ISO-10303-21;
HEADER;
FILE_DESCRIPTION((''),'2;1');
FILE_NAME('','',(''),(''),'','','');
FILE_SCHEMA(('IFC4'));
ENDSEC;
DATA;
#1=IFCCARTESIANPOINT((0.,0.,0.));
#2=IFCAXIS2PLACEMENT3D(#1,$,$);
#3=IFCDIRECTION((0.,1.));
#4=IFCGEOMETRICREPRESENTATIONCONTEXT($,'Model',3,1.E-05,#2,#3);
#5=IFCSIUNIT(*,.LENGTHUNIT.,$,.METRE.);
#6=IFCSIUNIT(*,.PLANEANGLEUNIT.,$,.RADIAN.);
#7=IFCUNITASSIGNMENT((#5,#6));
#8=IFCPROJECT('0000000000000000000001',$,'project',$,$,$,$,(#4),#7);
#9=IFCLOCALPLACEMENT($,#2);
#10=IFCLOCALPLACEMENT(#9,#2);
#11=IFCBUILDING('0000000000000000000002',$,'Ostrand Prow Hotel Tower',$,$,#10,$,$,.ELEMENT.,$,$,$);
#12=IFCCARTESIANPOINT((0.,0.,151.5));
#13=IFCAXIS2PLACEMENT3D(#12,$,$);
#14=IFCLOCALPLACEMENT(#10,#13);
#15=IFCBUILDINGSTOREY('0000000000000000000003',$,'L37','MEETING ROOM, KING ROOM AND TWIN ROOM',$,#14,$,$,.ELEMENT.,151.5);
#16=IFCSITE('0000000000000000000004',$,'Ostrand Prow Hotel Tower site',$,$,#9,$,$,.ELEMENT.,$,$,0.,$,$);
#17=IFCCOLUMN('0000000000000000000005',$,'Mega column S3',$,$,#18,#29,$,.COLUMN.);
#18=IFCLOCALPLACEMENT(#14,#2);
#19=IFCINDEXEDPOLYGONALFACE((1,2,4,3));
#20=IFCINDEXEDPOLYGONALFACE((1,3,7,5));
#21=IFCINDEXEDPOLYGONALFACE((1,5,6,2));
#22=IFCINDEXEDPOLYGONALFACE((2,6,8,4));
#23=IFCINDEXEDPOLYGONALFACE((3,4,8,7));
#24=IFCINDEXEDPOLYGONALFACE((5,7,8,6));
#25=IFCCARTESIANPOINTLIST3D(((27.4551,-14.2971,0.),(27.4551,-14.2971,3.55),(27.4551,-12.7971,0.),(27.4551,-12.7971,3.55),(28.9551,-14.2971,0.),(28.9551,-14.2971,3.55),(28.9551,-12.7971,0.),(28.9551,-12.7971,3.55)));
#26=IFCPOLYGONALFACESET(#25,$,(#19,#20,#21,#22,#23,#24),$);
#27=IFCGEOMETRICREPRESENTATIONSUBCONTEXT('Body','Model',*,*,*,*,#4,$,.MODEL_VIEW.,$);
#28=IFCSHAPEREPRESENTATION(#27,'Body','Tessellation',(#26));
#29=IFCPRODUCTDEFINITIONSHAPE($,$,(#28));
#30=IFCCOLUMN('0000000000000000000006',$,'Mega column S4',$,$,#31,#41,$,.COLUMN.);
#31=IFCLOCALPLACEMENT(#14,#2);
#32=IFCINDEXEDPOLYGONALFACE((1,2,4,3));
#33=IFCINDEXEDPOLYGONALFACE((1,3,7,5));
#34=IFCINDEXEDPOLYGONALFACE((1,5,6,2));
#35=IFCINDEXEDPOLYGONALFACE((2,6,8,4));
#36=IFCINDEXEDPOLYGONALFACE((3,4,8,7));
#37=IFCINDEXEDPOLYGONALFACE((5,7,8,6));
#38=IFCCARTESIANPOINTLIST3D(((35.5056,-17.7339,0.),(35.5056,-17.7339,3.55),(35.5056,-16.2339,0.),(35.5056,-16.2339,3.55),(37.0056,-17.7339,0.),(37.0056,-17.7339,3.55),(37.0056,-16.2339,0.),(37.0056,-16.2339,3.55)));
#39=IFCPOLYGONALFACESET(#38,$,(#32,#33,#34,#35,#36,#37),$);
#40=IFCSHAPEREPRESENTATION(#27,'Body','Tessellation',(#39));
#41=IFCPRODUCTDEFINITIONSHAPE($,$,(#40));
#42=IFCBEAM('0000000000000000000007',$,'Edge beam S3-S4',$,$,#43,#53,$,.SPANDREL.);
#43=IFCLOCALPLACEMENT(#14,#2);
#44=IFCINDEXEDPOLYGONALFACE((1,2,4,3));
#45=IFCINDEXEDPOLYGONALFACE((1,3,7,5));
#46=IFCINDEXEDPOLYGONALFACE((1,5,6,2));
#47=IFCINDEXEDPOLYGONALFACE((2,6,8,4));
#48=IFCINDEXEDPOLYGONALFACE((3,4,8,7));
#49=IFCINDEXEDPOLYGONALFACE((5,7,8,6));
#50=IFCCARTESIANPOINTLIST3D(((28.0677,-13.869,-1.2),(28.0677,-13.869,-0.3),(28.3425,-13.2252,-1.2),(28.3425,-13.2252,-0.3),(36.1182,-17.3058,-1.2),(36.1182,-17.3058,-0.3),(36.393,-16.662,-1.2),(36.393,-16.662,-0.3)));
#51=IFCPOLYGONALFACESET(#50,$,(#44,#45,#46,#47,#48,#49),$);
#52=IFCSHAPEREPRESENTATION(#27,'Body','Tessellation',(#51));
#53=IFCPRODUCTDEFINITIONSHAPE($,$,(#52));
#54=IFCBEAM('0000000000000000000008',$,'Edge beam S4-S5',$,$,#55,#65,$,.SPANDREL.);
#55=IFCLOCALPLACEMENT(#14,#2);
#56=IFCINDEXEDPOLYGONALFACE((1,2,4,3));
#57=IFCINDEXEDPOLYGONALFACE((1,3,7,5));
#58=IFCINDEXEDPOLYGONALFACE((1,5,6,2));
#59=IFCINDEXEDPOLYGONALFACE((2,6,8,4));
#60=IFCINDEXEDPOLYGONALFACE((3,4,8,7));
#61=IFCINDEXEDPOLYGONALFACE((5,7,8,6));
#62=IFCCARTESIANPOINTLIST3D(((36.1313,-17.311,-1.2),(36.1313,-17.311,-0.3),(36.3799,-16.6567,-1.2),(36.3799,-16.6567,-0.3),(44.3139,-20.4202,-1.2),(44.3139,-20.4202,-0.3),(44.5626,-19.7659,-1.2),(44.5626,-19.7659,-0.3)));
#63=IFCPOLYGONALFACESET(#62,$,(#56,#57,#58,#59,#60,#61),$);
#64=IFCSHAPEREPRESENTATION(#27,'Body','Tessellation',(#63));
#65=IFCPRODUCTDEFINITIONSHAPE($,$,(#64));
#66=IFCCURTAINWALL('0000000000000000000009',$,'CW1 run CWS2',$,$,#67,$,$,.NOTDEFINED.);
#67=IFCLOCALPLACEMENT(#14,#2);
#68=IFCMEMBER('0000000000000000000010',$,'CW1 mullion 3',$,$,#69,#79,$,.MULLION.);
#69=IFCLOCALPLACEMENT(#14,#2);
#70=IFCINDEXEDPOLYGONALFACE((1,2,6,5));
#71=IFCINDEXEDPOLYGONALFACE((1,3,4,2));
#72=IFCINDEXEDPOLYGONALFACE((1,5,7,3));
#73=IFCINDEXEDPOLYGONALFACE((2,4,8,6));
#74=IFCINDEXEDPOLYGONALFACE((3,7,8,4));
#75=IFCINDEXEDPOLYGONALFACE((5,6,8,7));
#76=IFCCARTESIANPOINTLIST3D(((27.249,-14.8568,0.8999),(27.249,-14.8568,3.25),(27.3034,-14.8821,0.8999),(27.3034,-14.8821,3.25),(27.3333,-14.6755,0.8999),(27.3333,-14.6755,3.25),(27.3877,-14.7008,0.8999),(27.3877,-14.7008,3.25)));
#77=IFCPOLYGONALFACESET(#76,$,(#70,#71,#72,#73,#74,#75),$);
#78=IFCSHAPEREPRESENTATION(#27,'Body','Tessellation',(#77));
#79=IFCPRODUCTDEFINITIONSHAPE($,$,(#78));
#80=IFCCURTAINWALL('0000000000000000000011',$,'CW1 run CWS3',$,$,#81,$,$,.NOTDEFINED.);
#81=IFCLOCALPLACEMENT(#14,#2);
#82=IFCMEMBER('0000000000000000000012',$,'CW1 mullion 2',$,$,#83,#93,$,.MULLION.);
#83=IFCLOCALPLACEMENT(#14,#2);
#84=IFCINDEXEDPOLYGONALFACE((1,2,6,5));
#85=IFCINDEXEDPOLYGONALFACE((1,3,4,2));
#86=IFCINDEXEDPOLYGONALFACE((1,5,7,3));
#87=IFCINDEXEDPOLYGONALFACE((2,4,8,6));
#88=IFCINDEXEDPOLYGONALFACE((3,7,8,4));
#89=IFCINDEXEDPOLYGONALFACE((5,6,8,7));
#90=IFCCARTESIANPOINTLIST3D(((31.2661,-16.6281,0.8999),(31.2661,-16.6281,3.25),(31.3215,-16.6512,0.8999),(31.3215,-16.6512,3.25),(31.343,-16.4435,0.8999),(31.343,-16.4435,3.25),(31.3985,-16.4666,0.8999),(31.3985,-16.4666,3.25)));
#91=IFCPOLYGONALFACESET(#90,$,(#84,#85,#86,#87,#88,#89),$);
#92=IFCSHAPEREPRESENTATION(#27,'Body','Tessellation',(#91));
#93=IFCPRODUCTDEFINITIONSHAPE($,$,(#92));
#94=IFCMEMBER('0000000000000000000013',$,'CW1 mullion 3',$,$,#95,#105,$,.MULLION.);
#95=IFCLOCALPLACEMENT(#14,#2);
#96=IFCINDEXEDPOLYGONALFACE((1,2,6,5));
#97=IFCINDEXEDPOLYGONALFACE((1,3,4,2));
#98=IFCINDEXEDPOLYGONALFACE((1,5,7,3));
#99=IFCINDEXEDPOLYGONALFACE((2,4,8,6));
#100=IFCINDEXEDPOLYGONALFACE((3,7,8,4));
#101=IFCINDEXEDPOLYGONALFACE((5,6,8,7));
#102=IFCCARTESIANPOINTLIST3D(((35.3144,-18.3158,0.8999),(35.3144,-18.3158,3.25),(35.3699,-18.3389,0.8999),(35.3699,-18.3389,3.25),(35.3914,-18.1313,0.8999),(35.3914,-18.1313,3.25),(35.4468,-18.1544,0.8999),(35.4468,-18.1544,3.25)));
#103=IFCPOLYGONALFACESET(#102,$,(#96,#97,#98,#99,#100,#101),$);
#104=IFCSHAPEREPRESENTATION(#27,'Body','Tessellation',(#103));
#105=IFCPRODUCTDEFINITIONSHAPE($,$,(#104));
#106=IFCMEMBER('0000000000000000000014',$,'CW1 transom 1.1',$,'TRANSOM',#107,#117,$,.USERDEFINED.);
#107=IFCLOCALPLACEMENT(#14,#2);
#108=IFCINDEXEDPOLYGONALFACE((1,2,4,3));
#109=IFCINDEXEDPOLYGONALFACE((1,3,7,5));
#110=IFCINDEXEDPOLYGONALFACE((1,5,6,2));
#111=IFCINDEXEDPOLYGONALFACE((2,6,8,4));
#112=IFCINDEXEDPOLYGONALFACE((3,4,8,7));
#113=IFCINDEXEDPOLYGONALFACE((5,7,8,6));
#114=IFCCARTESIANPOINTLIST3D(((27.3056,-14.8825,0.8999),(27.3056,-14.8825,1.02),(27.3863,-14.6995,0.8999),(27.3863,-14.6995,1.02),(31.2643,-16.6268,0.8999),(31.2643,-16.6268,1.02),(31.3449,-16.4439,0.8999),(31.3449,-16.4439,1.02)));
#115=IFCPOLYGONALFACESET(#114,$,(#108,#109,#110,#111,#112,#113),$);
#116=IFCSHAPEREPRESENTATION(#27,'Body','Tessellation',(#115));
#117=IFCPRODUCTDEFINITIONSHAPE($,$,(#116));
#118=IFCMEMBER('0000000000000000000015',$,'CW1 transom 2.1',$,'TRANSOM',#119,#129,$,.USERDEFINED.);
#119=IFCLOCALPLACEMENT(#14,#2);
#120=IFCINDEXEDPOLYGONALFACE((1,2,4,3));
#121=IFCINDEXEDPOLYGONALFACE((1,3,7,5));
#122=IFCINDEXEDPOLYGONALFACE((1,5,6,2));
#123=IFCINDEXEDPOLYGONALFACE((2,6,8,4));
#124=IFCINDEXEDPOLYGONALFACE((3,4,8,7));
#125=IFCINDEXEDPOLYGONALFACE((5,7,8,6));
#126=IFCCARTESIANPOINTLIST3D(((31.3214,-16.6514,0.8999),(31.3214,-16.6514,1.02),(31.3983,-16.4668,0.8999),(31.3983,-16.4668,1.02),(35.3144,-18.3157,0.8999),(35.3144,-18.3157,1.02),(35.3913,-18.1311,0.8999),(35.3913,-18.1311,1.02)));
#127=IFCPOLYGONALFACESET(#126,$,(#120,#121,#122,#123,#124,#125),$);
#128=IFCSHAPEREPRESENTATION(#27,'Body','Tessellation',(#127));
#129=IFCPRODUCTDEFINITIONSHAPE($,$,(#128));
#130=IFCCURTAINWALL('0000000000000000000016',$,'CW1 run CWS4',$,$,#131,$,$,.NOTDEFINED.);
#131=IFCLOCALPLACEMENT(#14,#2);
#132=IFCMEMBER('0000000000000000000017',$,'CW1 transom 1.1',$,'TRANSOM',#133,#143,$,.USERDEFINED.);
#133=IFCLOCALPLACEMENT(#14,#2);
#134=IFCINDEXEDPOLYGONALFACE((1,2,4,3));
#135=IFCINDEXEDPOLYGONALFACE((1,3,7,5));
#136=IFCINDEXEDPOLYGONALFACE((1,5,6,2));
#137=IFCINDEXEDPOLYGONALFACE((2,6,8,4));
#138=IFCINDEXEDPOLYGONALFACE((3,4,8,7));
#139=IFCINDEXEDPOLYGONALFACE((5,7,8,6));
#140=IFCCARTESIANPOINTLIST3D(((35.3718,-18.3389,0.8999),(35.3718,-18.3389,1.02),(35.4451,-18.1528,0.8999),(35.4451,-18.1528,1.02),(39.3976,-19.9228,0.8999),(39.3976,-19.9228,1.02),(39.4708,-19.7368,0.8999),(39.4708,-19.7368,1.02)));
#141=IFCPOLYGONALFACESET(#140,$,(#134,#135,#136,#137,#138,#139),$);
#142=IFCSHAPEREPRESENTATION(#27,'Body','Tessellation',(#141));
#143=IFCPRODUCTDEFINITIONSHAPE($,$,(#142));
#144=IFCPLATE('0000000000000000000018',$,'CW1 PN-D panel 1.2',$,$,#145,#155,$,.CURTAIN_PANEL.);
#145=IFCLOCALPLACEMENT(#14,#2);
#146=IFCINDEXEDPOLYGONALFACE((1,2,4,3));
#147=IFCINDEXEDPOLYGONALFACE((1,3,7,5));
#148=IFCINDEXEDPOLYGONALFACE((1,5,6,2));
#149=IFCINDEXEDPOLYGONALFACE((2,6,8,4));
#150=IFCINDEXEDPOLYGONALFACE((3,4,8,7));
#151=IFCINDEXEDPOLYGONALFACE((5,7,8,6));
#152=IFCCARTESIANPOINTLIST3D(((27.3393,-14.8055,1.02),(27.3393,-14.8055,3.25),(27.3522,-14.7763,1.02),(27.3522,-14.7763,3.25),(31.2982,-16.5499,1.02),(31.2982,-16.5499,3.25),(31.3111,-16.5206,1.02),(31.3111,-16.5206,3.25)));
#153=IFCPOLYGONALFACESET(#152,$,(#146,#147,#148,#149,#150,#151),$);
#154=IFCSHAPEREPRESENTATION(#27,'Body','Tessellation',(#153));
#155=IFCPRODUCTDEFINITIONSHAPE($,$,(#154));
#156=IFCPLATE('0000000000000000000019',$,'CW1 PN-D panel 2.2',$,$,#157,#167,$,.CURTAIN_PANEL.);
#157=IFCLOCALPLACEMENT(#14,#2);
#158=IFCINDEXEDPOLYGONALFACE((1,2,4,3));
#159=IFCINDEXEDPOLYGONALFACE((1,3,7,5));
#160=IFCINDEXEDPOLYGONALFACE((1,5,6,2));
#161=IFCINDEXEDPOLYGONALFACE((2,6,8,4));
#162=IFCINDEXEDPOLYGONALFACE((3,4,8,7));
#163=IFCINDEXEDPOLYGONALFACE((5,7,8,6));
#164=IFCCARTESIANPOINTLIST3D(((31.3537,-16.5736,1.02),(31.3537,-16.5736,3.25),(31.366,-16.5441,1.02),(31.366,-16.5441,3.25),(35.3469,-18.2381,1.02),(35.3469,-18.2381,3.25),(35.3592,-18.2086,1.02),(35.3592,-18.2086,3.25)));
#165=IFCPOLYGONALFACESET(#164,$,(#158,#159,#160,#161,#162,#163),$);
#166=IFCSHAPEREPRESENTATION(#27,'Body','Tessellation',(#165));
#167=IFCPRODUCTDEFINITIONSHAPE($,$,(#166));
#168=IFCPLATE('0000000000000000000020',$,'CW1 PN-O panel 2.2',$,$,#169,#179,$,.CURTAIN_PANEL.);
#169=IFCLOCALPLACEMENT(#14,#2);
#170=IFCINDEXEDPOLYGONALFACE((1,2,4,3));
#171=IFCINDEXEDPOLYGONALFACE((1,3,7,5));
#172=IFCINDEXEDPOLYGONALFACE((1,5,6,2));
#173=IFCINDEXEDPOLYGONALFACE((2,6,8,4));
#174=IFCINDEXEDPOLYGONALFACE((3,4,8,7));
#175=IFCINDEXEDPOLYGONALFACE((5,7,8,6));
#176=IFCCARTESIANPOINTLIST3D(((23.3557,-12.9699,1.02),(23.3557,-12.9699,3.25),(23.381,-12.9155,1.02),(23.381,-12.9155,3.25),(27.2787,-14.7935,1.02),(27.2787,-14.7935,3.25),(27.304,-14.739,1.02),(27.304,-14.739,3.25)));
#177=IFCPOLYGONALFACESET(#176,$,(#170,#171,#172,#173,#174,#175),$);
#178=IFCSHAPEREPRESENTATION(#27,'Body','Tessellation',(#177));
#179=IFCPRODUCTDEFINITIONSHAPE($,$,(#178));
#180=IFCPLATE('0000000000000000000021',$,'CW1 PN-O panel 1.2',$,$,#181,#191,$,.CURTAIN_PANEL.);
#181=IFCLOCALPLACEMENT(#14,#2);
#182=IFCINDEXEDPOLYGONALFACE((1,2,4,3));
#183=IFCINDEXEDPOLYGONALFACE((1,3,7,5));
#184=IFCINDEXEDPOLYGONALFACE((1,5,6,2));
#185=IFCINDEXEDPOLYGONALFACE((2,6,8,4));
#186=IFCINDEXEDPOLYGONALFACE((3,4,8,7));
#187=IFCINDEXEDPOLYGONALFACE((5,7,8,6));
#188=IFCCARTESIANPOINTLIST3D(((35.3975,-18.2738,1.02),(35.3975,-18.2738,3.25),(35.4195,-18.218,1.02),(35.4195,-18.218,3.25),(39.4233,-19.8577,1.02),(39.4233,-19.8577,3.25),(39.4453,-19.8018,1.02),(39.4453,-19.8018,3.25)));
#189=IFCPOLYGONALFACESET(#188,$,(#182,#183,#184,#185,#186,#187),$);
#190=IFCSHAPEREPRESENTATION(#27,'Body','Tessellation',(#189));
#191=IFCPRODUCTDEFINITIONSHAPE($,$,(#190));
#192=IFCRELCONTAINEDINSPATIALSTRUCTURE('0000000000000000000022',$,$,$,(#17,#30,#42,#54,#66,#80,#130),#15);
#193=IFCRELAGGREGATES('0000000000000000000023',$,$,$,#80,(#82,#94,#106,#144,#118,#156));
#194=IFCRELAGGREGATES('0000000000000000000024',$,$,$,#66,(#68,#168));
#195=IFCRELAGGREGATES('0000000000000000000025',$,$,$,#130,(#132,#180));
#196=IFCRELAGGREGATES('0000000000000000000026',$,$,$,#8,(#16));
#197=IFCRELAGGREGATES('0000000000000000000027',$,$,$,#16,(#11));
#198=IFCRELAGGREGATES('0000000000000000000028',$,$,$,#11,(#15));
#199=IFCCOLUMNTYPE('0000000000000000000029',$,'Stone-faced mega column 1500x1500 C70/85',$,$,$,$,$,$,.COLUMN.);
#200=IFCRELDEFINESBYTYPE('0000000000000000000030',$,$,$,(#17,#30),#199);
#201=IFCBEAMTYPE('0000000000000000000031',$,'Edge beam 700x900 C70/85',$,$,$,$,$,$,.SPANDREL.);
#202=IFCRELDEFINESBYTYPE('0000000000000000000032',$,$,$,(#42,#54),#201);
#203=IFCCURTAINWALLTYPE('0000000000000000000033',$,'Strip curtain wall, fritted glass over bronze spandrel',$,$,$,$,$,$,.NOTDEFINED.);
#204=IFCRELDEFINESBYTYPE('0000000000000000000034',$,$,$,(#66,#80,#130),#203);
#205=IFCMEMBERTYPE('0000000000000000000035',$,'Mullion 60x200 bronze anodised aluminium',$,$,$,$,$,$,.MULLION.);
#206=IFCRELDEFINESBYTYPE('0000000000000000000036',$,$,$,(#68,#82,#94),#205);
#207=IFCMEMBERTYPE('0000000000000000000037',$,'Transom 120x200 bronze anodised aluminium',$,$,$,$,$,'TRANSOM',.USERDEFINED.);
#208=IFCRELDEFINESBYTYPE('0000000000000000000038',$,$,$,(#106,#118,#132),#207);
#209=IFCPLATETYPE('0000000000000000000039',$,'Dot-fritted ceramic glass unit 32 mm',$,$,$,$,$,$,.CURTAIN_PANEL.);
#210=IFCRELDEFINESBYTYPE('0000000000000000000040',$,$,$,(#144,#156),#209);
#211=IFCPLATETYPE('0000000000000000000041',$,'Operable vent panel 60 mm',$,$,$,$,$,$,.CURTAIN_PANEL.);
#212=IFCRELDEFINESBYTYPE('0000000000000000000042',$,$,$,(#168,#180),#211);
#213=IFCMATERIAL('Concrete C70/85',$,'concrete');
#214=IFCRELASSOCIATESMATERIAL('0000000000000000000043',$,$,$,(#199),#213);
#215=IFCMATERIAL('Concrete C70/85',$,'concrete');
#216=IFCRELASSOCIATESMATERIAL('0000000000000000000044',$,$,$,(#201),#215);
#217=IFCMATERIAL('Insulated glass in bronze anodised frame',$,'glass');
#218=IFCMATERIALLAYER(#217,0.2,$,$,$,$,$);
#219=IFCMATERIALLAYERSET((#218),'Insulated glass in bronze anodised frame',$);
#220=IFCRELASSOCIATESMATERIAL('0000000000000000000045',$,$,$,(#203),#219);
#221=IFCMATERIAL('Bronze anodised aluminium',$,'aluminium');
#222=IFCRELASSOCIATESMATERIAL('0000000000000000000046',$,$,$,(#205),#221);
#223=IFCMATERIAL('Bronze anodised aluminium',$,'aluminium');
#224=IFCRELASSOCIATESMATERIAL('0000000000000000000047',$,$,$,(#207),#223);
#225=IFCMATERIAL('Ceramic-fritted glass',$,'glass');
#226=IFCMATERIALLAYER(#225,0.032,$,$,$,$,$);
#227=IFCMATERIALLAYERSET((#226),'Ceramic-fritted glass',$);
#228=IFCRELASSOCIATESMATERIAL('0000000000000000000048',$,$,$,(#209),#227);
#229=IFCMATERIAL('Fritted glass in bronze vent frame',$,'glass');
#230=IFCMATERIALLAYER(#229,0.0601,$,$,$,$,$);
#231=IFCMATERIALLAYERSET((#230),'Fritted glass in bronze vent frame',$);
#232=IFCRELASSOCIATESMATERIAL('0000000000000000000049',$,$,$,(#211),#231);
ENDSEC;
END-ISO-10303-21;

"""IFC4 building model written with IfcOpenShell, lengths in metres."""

from ifc_helpers import new_model, si_unit, direction, frame, origin, origin_2d, place, context, subcontext, project, spatial, rectangle, extrude, material, layer, layer_set, material_profile, profile_set, type_object, element, aggregate, save


model = new_model("IFC4")

# Units and contexts
model_context = context("Model", 3, precision=1e-05, world=origin(), true_north=direction((0.0, 1.0)))
body_context = subcontext(model_context, "Body", "Model", "MODEL_VIEW")
ifc_project = project(units=[si_unit("LENGTHUNIT", "METRE"), si_unit("PLANEANGLEUNIT", "RADIAN")], contexts=[model_context])

# Site, building, storey
site_placement = place(None, origin())
site = spatial("IfcSite", under=ifc_project, at=site_placement, Name="Ostrand Prow Hotel Tower site", CompositionType="ELEMENT", RefElevation=0.0)
building_placement = place(site_placement, origin())
building = spatial("IfcBuilding", under=site, at=building_placement, Name="Ostrand Prow Hotel Tower", CompositionType="ELEMENT")
storey_placement = place(building_placement, frame((0.0, 0.0, 151.5)))
storey = spatial("IfcBuildingStorey", under=building, at=storey_placement, Name="L37", Description="MEETING ROOM, KING ROOM AND TWIN ROOM", CompositionType="ELEMENT", Elevation=151.5)

# Columns
ifc_material_1 = material(Name="Concrete C70/85", Category="concrete")
ifc_material_profile_1 = material_profile(ifc_material_1, rectangle(XDim=1.5, YDim=1.5, at=origin_2d()), Name="RC 1500x1500")
ifc_profile_set_1 = profile_set([ifc_material_profile_1], Name="Concrete C70/85")
column_type = type_object("IfcColumnType", Name="Stone-faced mega column 1500x1500 C70/85", PredefinedType="COLUMN", material=ifc_profile_set_1)
for number, where, z_axis, x_axis, name in (
    (1, (28.2051, -13.5471, 0.0), (0.0, 0.0, 1.0), (1.0, 0.0, 0.0), "Mega column S3"),
    (2, (36.2556, -16.9839, 0.0), (0.0, 0.0, 1.0), (1.0, 0.0, 0.0), "Mega column S4"),
):
    element("IfcColumn", number, at=place(storey_placement, frame(where, z_axis=z_axis, x_axis=x_axis)), inside=storey, type_object=column_type, Name=name, PredefinedType="COLUMN", context=body_context, shape_type="SweptSolid", body=[
        extrude(rectangle(XDim=1.5, YDim=1.5, at=origin_2d()), origin(), (0.0, 0.0, 1.0), 3.55),
    ])

# Beams
ifc_material_2 = material(Name="Concrete C70/85", Category="concrete")
ifc_material_profile_2 = material_profile(ifc_material_2, rectangle(XDim=0.7, YDim=0.8999, at=origin_2d()), Name="RC 700x900")
ifc_profile_set_2 = profile_set([ifc_material_profile_2], Name="Concrete C70/85")
beam_type = type_object("IfcBeamType", Name="Edge beam 700x900 C70/85", PredefinedType="SPANDREL", material=ifc_profile_set_2)
for number, where, z_axis, x_axis, name in (
    (3, (28.2051, -13.5471, -0.75), (0.919701, -0.39262, 0.0), (0.39262, 0.919701, 0.0), "Edge beam S3-S4"),
    (4, (36.2556, -16.9839, -0.75), (0.934794, -0.355191, 0.0), (0.355191, 0.934794, 0.0), "Edge beam S4-S5"),
):
    element("IfcBeam", number, at=place(storey_placement, frame(where, z_axis=z_axis, x_axis=x_axis)), inside=storey, type_object=beam_type, Name=name, PredefinedType="SPANDREL", context=body_context, shape_type="SweptSolid", body=[
        extrude(rectangle(XDim=0.7, YDim=0.8999, at=origin_2d()), origin(), (0.0, 0.0, 1.0), 8.7534),
    ])

# Curtain wall, member
ifc_material_3 = material(Name="Insulated glass in bronze anodised frame", Category="glass")
ifc_layer_1 = layer(ifc_material_3, 0.2)
ifc_layer_set_1 = layer_set([ifc_layer_1], Name="Insulated glass in bronze anodised frame")
curtain_wall_type = type_object("IfcCurtainWallType", Name="Strip curtain wall, fritted glass over bronze spandrel", PredefinedType="NOTDEFINED", material=ifc_layer_set_1)
curtain_wall_1_placement = place(storey_placement, origin())
curtain_wall_1 = element("IfcCurtainWall", 5, at=curtain_wall_1_placement, inside=storey, type_object=curtain_wall_type, Name="CW1 run CWS2", PredefinedType="NOTDEFINED")
ifc_material_4 = material(Name="Bronze anodised aluminium", Category="aluminium")
ifc_material_profile_3 = material_profile(ifc_material_4, rectangle(XDim=0.2, YDim=0.0601, at=origin_2d()), Name="Mullion 60x200 bronze anodised aluminium")
ifc_profile_set_3 = profile_set([ifc_material_profile_3], Name="Bronze anodised aluminium")
member_type_1 = type_object("IfcMemberType", Name="Mullion 60x200 bronze anodised aluminium", PredefinedType="MULLION", material=ifc_profile_set_3)
member_1_placement = place(storey_placement, frame((27.3184, -14.7788, 0.8999), z_axis=(0.0, 0.0, 1.0), x_axis=(0.421522, 0.906818, 0.0)))
member_1 = element("IfcMember", 6, at=member_1_placement, type_object=member_type_1, Name="CW1 mullion 3", PredefinedType="MULLION", context=body_context, shape_type="SweptSolid", body=[
    extrude(rectangle(XDim=0.2, YDim=0.0601, at=origin_2d()), origin(), (0.0, 0.0, 1.0), 2.3501),
])

# Curtain wall, members
curtain_wall_2_placement = place(storey_placement, origin())
curtain_wall_2 = element("IfcCurtainWall", 7, at=curtain_wall_2_placement, inside=storey, type_object=curtain_wall_type, Name="CW1 run CWS3", PredefinedType="NOTDEFINED")
member_2_placement = place(storey_placement, frame((31.3323, -16.5474, 0.8999), z_axis=(0.0, 0.0, 1.0), x_axis=(0.384743, 0.923024, 0.0)))
member_2 = element("IfcMember", 8, at=member_2_placement, type_object=member_type_1, Name="CW1 mullion 2", PredefinedType="MULLION", context=body_context, shape_type="SweptSolid", body=[
    extrude(rectangle(XDim=0.2, YDim=0.0601, at=origin_2d()), origin(), (0.0, 0.0, 1.0), 2.3501),
])
member_3_placement = place(storey_placement, frame((35.3806, -18.2351, 0.8999), z_axis=(0.0, 0.0, 1.0), x_axis=(0.384743, 0.923024, 0.0)))
member_3 = element("IfcMember", 9, at=member_3_placement, type_object=member_type_1, Name="CW1 mullion 3", PredefinedType="MULLION", context=body_context, shape_type="SweptSolid", body=[
    extrude(rectangle(XDim=0.2, YDim=0.0601, at=origin_2d()), origin(), (0.0, 0.0, 1.0), 2.3501),
])
ifc_material_5 = material(Name="Bronze anodised aluminium", Category="aluminium")
ifc_material_profile_4 = material_profile(ifc_material_5, rectangle(XDim=0.2, YDim=0.1201, at=origin_2d()), Name="Transom 120x200 bronze anodised aluminium")
ifc_profile_set_4 = profile_set([ifc_material_profile_4], Name="Bronze anodised aluminium")
member_type_2 = type_object("IfcMemberType", Name="Transom 120x200 bronze anodised aluminium", ElementType="TRANSOM", PredefinedType="USERDEFINED", material=ifc_profile_set_4)
member_4_placement = place(storey_placement, frame((27.3459, -14.791, 0.96), z_axis=(0.915099, -0.40323, 0.0), x_axis=(0.40323, 0.915099, 0.0)))
member_4 = element("IfcMember", 10, at=member_4_placement, type_object=member_type_2, Name="CW1 transom 1.1", ObjectType="TRANSOM", PredefinedType="USERDEFINED", context=body_context, shape_type="SweptSolid", body=[
    extrude(rectangle(XDim=0.2, YDim=0.1201, at=origin_2d()), origin(), (0.0, 0.0, 1.0), 4.3259),
])
member_5_placement = place(storey_placement, frame((31.3599, -16.5591, 0.96), z_axis=(0.923028, -0.384732, 0.0), x_axis=(0.384732, 0.923028, 0.0)))
member_5 = element("IfcMember", 11, at=member_5_placement, type_object=member_type_2, Name="CW1 transom 2.1", ObjectType="TRANSOM", PredefinedType="USERDEFINED", context=body_context, shape_type="SweptSolid", body=[
    extrude(rectangle(XDim=0.2, YDim=0.1201, at=origin_2d()), origin(), (0.0, 0.0, 1.0), 4.3259),
])

# Curtain wall, member
curtain_wall_3_placement = place(storey_placement, origin())
curtain_wall_3 = element("IfcCurtainWall", 12, at=curtain_wall_3_placement, inside=storey, type_object=curtain_wall_type, Name="CW1 run CWS4", PredefinedType="NOTDEFINED")
member_6_placement = place(storey_placement, frame((35.4084, -18.2458, 0.96), z_axis=(0.930563, -0.366131, 0.0), x_axis=(0.366131, 0.930563, 0.0)))
member_6 = element("IfcMember", 13, at=member_6_placement, type_object=member_type_2, Name="CW1 transom 1.1", ObjectType="TRANSOM", PredefinedType="USERDEFINED", context=body_context, shape_type="SweptSolid", body=[
    extrude(rectangle(XDim=0.2, YDim=0.1201, at=origin_2d()), origin(), (0.0, 0.0, 1.0), 4.3262),
])

# Plates
ifc_material_6 = material(Name="Ceramic-fritted glass", Category="glass")
ifc_layer_2 = layer(ifc_material_6, 0.032)
ifc_layer_set_2 = layer_set([ifc_layer_2], Name="Ceramic-fritted glass")
plate_type_1 = type_object("IfcPlateType", Name="Dot-fritted ceramic glass unit 32 mm", PredefinedType="CURTAIN_PANEL", material=ifc_layer_set_2)
plate_1_placement = place(storey_placement, frame((29.3252, -15.6631, 1.02), z_axis=(0.0, 0.0, 1.0), x_axis=(0.915106, -0.403213, 0.0)))
plate_1 = element("IfcPlate", 14, at=plate_1_placement, type_object=plate_type_1, Name="CW1 PN-D panel 1.2", PredefinedType="CURTAIN_PANEL", context=body_context, shape_type="SweptSolid", body=[
    extrude(rectangle(XDim=4.3262, YDim=0.032, at=origin_2d()), origin(), (0.0, 0.0, 1.0), 2.23),
])
plate_2_placement = place(storey_placement, frame((33.3564, -17.3911, 1.02), z_axis=(0.0, 0.0, 1.0), x_axis=(0.923024, -0.384743, 0.0)))
plate_2 = element("IfcPlate", 15, at=plate_2_placement, type_object=plate_type_1, Name="CW1 PN-D panel 2.2", PredefinedType="CURTAIN_PANEL", context=body_context, shape_type="SweptSolid", body=[
    extrude(rectangle(XDim=4.3262, YDim=0.032, at=origin_2d()), origin(), (0.0, 0.0, 1.0), 2.23),
])
aggregate(curtain_wall_2, [member_2, member_3, member_4, plate_1, member_5, plate_2])
ifc_material_7 = material(Name="Fritted glass in bronze vent frame", Category="glass")
ifc_layer_3 = layer(ifc_material_7, 0.0601)
ifc_layer_set_3 = layer_set([ifc_layer_3], Name="Fritted glass in bronze vent frame")
plate_type_2 = type_object("IfcPlateType", Name="Operable vent panel 60 mm", PredefinedType="CURTAIN_PANEL", material=ifc_layer_set_3)
plate_3_placement = place(storey_placement, frame((25.3298, -13.8545, 1.02), z_axis=(0.0, 0.0, 1.0), x_axis=(0.906818, -0.421522, 0.0)))
plate_3 = element("IfcPlate", 16, at=plate_3_placement, type_object=plate_type_2, Name="CW1 PN-O panel 2.2", PredefinedType="CURTAIN_PANEL", context=body_context, shape_type="SweptSolid", body=[
    extrude(rectangle(XDim=4.3262, YDim=0.0601, at=origin_2d()), origin(), (0.0, 0.0, 1.0), 2.23),
])
aggregate(curtain_wall_1, [member_1, plate_3])
plate_4_placement = place(storey_placement, frame((37.4214, -19.0378, 1.02), z_axis=(0.0, 0.0, 1.0), x_axis=(0.930569, -0.366116, 0.0)))
plate_4 = element("IfcPlate", 17, at=plate_4_placement, type_object=plate_type_2, Name="CW1 PN-O panel 1.2", PredefinedType="CURTAIN_PANEL", context=body_context, shape_type="SweptSolid", body=[
    extrude(rectangle(XDim=4.3262, YDim=0.0601, at=origin_2d()), origin(), (0.0, 0.0, 1.0), 2.23),
])
aggregate(curtain_wall_3, [member_6, plate_4])

save(model, "model.ifc")
